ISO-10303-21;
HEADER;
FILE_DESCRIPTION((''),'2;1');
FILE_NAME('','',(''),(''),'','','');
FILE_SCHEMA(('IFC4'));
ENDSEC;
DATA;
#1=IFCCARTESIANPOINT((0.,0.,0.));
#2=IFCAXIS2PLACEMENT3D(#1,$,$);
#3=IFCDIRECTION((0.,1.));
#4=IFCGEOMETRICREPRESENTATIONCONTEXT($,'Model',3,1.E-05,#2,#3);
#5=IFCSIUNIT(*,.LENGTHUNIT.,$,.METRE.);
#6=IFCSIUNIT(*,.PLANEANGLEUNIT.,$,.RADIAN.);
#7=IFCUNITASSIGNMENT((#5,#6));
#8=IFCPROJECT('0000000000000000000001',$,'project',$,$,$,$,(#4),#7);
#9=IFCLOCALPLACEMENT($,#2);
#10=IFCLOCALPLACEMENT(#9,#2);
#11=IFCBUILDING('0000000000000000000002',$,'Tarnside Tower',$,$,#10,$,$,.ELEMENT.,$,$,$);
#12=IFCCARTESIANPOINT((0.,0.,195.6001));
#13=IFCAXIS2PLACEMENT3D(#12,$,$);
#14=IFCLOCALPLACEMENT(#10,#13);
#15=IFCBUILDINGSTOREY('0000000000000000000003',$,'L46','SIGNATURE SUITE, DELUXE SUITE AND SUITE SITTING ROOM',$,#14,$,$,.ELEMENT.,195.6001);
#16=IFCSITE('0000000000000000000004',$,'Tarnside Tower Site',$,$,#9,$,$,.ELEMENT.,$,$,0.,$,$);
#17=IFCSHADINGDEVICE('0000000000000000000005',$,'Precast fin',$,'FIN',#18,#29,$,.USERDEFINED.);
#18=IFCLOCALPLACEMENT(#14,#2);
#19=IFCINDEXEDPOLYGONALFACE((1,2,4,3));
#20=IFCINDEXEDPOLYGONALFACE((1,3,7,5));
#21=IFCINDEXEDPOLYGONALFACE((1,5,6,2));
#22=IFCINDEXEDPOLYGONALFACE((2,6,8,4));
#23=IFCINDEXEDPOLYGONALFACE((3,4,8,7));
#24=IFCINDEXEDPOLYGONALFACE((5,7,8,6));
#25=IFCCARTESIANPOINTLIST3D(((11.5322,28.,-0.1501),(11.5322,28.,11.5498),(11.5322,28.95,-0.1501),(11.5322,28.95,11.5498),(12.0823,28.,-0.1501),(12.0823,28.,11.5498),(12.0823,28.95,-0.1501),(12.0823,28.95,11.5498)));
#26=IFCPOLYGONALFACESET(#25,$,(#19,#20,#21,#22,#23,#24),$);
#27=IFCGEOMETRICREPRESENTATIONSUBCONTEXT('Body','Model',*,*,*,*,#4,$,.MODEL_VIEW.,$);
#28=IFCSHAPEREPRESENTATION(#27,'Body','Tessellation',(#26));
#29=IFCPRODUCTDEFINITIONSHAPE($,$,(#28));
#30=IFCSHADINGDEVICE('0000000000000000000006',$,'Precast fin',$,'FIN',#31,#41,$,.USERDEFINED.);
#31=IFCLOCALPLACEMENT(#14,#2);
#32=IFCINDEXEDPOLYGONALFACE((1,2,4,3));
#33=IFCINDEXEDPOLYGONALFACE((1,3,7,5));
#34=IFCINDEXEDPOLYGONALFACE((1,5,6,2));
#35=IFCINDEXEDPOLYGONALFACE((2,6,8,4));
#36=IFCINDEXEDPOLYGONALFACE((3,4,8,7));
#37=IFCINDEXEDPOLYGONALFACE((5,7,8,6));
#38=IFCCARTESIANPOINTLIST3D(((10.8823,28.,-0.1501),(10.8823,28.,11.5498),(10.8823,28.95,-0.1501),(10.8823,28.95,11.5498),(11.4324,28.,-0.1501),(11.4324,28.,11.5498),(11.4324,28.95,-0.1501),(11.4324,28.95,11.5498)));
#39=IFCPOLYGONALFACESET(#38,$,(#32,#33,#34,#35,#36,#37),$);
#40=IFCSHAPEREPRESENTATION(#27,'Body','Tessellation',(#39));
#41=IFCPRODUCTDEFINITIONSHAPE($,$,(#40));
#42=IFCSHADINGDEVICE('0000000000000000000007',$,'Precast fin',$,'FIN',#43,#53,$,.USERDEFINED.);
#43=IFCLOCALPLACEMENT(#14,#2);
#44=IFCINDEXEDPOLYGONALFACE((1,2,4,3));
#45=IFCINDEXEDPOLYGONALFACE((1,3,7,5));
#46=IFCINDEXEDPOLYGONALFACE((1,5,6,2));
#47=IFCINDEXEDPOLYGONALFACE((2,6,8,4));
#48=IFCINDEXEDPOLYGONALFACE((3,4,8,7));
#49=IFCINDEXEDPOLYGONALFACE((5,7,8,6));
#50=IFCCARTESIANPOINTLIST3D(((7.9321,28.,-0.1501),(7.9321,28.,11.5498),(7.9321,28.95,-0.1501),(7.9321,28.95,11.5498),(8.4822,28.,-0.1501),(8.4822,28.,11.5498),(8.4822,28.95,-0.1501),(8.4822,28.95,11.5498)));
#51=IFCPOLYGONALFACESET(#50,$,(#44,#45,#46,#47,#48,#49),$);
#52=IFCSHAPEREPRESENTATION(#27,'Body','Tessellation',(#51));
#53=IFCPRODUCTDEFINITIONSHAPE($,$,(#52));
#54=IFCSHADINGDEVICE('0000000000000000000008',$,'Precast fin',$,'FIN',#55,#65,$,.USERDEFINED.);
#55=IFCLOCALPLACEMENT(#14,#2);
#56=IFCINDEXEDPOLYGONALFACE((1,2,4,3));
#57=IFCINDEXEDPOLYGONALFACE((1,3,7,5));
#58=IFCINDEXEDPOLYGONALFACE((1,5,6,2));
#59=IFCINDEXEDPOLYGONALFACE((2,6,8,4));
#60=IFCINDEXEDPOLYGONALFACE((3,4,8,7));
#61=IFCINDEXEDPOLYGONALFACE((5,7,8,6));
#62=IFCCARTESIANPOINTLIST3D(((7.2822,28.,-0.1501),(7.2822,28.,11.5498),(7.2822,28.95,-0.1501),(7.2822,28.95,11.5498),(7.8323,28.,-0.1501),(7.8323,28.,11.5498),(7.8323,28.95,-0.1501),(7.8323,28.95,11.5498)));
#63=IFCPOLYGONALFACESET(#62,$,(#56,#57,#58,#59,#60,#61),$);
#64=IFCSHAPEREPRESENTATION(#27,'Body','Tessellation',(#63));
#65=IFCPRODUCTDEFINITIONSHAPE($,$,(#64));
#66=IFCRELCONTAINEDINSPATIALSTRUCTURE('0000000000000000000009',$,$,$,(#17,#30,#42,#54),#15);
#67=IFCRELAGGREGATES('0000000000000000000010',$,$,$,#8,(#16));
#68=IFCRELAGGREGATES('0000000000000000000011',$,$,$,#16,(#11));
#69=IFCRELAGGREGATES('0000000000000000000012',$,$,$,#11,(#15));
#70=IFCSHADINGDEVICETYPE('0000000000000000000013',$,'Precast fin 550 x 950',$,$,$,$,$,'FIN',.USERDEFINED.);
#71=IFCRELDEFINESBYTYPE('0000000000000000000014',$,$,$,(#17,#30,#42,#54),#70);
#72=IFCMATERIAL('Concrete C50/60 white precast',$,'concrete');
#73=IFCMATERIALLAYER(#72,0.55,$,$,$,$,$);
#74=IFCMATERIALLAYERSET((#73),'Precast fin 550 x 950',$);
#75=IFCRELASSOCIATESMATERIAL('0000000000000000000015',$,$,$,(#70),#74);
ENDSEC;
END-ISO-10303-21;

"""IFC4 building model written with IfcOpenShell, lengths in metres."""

from ifc_helpers import new_model, si_unit, direction, frame, origin, place, context, subcontext, project, spatial, polyline, outline, extrude, material, layer, layer_set, type_object, element, save


model = new_model("IFC4")

# Units and contexts
model_context = context("Model", 3, precision=1e-05, world=origin(), true_north=direction((0.0, 1.0)))
body_context = subcontext(model_context, "Body", "Model", "MODEL_VIEW")
ifc_project = project(units=[si_unit("LENGTHUNIT", "METRE"), si_unit("PLANEANGLEUNIT", "RADIAN")], contexts=[model_context])

# Site, building, storey
site_placement = place(None, origin())
site = spatial("IfcSite", under=ifc_project, at=site_placement, Name="Tarnside Tower Site", CompositionType="ELEMENT", RefElevation=0.0)
building_placement = place(site_placement, origin())
building = spatial("IfcBuilding", under=site, at=building_placement, Name="Tarnside Tower", CompositionType="ELEMENT")
storey_placement = place(building_placement, frame((0.0, 0.0, 195.6001)))
storey = spatial("IfcBuildingStorey", under=building, at=storey_placement, Name="L46", Description="SIGNATURE SUITE, DELUXE SUITE AND SUITE SITTING ROOM", CompositionType="ELEMENT", Elevation=195.6001)

# Shading devices
ifc_material_1 = material(Name="Concrete C50/60 white precast", Category="concrete")
ifc_layer_1 = layer(ifc_material_1, 0.55)
ifc_layer_set_1 = layer_set([ifc_layer_1], Name="Precast fin 550 x 950")
shading_device_type_1 = type_object("IfcShadingDeviceType", Name="Precast fin 550 x 950", ElementType="FIN", PredefinedType="USERDEFINED", material=ifc_layer_set_1)
for number, where, z_axis, x_axis, name in (
    (1, (11.8071, 28.0, -0.1501), (1.0, 0.0, 0.0), (0.0, 1.0, 0.0), "Precast fin"),
    (2, (11.1572, 28.0, -0.1501), (1.0, 0.0, 0.0), (0.0, 1.0, 0.0), "Precast fin"),
    (3, (8.207, 28.0, -0.1501), (1.0, 0.0, 0.0), (0.0, 1.0, 0.0), "Precast fin"),
    (4, (7.5571, 28.0, -0.1501), (1.0, 0.0, 0.0), (0.0, 1.0, 0.0), "Precast fin"),
):
    element("IfcShadingDevice", number, at=place(storey_placement, frame(where, z_axis=z_axis, x_axis=x_axis)), inside=storey, type_object=shading_device_type_1, Name=name, ObjectType="FIN", PredefinedType="USERDEFINED", context=body_context, shape_type="SweptSolid", body=[
        extrude(outline(polyline([(0.0, 0.0), (0.95, 0.0), (0.95, 11.7), (0.0, 11.7), (0.0, 0.0)])), frame((0.0, 0.0, -0.2749)), (0.0, 0.0, 1.0), 0.55),
    ])

save(model, "model.ifc")
